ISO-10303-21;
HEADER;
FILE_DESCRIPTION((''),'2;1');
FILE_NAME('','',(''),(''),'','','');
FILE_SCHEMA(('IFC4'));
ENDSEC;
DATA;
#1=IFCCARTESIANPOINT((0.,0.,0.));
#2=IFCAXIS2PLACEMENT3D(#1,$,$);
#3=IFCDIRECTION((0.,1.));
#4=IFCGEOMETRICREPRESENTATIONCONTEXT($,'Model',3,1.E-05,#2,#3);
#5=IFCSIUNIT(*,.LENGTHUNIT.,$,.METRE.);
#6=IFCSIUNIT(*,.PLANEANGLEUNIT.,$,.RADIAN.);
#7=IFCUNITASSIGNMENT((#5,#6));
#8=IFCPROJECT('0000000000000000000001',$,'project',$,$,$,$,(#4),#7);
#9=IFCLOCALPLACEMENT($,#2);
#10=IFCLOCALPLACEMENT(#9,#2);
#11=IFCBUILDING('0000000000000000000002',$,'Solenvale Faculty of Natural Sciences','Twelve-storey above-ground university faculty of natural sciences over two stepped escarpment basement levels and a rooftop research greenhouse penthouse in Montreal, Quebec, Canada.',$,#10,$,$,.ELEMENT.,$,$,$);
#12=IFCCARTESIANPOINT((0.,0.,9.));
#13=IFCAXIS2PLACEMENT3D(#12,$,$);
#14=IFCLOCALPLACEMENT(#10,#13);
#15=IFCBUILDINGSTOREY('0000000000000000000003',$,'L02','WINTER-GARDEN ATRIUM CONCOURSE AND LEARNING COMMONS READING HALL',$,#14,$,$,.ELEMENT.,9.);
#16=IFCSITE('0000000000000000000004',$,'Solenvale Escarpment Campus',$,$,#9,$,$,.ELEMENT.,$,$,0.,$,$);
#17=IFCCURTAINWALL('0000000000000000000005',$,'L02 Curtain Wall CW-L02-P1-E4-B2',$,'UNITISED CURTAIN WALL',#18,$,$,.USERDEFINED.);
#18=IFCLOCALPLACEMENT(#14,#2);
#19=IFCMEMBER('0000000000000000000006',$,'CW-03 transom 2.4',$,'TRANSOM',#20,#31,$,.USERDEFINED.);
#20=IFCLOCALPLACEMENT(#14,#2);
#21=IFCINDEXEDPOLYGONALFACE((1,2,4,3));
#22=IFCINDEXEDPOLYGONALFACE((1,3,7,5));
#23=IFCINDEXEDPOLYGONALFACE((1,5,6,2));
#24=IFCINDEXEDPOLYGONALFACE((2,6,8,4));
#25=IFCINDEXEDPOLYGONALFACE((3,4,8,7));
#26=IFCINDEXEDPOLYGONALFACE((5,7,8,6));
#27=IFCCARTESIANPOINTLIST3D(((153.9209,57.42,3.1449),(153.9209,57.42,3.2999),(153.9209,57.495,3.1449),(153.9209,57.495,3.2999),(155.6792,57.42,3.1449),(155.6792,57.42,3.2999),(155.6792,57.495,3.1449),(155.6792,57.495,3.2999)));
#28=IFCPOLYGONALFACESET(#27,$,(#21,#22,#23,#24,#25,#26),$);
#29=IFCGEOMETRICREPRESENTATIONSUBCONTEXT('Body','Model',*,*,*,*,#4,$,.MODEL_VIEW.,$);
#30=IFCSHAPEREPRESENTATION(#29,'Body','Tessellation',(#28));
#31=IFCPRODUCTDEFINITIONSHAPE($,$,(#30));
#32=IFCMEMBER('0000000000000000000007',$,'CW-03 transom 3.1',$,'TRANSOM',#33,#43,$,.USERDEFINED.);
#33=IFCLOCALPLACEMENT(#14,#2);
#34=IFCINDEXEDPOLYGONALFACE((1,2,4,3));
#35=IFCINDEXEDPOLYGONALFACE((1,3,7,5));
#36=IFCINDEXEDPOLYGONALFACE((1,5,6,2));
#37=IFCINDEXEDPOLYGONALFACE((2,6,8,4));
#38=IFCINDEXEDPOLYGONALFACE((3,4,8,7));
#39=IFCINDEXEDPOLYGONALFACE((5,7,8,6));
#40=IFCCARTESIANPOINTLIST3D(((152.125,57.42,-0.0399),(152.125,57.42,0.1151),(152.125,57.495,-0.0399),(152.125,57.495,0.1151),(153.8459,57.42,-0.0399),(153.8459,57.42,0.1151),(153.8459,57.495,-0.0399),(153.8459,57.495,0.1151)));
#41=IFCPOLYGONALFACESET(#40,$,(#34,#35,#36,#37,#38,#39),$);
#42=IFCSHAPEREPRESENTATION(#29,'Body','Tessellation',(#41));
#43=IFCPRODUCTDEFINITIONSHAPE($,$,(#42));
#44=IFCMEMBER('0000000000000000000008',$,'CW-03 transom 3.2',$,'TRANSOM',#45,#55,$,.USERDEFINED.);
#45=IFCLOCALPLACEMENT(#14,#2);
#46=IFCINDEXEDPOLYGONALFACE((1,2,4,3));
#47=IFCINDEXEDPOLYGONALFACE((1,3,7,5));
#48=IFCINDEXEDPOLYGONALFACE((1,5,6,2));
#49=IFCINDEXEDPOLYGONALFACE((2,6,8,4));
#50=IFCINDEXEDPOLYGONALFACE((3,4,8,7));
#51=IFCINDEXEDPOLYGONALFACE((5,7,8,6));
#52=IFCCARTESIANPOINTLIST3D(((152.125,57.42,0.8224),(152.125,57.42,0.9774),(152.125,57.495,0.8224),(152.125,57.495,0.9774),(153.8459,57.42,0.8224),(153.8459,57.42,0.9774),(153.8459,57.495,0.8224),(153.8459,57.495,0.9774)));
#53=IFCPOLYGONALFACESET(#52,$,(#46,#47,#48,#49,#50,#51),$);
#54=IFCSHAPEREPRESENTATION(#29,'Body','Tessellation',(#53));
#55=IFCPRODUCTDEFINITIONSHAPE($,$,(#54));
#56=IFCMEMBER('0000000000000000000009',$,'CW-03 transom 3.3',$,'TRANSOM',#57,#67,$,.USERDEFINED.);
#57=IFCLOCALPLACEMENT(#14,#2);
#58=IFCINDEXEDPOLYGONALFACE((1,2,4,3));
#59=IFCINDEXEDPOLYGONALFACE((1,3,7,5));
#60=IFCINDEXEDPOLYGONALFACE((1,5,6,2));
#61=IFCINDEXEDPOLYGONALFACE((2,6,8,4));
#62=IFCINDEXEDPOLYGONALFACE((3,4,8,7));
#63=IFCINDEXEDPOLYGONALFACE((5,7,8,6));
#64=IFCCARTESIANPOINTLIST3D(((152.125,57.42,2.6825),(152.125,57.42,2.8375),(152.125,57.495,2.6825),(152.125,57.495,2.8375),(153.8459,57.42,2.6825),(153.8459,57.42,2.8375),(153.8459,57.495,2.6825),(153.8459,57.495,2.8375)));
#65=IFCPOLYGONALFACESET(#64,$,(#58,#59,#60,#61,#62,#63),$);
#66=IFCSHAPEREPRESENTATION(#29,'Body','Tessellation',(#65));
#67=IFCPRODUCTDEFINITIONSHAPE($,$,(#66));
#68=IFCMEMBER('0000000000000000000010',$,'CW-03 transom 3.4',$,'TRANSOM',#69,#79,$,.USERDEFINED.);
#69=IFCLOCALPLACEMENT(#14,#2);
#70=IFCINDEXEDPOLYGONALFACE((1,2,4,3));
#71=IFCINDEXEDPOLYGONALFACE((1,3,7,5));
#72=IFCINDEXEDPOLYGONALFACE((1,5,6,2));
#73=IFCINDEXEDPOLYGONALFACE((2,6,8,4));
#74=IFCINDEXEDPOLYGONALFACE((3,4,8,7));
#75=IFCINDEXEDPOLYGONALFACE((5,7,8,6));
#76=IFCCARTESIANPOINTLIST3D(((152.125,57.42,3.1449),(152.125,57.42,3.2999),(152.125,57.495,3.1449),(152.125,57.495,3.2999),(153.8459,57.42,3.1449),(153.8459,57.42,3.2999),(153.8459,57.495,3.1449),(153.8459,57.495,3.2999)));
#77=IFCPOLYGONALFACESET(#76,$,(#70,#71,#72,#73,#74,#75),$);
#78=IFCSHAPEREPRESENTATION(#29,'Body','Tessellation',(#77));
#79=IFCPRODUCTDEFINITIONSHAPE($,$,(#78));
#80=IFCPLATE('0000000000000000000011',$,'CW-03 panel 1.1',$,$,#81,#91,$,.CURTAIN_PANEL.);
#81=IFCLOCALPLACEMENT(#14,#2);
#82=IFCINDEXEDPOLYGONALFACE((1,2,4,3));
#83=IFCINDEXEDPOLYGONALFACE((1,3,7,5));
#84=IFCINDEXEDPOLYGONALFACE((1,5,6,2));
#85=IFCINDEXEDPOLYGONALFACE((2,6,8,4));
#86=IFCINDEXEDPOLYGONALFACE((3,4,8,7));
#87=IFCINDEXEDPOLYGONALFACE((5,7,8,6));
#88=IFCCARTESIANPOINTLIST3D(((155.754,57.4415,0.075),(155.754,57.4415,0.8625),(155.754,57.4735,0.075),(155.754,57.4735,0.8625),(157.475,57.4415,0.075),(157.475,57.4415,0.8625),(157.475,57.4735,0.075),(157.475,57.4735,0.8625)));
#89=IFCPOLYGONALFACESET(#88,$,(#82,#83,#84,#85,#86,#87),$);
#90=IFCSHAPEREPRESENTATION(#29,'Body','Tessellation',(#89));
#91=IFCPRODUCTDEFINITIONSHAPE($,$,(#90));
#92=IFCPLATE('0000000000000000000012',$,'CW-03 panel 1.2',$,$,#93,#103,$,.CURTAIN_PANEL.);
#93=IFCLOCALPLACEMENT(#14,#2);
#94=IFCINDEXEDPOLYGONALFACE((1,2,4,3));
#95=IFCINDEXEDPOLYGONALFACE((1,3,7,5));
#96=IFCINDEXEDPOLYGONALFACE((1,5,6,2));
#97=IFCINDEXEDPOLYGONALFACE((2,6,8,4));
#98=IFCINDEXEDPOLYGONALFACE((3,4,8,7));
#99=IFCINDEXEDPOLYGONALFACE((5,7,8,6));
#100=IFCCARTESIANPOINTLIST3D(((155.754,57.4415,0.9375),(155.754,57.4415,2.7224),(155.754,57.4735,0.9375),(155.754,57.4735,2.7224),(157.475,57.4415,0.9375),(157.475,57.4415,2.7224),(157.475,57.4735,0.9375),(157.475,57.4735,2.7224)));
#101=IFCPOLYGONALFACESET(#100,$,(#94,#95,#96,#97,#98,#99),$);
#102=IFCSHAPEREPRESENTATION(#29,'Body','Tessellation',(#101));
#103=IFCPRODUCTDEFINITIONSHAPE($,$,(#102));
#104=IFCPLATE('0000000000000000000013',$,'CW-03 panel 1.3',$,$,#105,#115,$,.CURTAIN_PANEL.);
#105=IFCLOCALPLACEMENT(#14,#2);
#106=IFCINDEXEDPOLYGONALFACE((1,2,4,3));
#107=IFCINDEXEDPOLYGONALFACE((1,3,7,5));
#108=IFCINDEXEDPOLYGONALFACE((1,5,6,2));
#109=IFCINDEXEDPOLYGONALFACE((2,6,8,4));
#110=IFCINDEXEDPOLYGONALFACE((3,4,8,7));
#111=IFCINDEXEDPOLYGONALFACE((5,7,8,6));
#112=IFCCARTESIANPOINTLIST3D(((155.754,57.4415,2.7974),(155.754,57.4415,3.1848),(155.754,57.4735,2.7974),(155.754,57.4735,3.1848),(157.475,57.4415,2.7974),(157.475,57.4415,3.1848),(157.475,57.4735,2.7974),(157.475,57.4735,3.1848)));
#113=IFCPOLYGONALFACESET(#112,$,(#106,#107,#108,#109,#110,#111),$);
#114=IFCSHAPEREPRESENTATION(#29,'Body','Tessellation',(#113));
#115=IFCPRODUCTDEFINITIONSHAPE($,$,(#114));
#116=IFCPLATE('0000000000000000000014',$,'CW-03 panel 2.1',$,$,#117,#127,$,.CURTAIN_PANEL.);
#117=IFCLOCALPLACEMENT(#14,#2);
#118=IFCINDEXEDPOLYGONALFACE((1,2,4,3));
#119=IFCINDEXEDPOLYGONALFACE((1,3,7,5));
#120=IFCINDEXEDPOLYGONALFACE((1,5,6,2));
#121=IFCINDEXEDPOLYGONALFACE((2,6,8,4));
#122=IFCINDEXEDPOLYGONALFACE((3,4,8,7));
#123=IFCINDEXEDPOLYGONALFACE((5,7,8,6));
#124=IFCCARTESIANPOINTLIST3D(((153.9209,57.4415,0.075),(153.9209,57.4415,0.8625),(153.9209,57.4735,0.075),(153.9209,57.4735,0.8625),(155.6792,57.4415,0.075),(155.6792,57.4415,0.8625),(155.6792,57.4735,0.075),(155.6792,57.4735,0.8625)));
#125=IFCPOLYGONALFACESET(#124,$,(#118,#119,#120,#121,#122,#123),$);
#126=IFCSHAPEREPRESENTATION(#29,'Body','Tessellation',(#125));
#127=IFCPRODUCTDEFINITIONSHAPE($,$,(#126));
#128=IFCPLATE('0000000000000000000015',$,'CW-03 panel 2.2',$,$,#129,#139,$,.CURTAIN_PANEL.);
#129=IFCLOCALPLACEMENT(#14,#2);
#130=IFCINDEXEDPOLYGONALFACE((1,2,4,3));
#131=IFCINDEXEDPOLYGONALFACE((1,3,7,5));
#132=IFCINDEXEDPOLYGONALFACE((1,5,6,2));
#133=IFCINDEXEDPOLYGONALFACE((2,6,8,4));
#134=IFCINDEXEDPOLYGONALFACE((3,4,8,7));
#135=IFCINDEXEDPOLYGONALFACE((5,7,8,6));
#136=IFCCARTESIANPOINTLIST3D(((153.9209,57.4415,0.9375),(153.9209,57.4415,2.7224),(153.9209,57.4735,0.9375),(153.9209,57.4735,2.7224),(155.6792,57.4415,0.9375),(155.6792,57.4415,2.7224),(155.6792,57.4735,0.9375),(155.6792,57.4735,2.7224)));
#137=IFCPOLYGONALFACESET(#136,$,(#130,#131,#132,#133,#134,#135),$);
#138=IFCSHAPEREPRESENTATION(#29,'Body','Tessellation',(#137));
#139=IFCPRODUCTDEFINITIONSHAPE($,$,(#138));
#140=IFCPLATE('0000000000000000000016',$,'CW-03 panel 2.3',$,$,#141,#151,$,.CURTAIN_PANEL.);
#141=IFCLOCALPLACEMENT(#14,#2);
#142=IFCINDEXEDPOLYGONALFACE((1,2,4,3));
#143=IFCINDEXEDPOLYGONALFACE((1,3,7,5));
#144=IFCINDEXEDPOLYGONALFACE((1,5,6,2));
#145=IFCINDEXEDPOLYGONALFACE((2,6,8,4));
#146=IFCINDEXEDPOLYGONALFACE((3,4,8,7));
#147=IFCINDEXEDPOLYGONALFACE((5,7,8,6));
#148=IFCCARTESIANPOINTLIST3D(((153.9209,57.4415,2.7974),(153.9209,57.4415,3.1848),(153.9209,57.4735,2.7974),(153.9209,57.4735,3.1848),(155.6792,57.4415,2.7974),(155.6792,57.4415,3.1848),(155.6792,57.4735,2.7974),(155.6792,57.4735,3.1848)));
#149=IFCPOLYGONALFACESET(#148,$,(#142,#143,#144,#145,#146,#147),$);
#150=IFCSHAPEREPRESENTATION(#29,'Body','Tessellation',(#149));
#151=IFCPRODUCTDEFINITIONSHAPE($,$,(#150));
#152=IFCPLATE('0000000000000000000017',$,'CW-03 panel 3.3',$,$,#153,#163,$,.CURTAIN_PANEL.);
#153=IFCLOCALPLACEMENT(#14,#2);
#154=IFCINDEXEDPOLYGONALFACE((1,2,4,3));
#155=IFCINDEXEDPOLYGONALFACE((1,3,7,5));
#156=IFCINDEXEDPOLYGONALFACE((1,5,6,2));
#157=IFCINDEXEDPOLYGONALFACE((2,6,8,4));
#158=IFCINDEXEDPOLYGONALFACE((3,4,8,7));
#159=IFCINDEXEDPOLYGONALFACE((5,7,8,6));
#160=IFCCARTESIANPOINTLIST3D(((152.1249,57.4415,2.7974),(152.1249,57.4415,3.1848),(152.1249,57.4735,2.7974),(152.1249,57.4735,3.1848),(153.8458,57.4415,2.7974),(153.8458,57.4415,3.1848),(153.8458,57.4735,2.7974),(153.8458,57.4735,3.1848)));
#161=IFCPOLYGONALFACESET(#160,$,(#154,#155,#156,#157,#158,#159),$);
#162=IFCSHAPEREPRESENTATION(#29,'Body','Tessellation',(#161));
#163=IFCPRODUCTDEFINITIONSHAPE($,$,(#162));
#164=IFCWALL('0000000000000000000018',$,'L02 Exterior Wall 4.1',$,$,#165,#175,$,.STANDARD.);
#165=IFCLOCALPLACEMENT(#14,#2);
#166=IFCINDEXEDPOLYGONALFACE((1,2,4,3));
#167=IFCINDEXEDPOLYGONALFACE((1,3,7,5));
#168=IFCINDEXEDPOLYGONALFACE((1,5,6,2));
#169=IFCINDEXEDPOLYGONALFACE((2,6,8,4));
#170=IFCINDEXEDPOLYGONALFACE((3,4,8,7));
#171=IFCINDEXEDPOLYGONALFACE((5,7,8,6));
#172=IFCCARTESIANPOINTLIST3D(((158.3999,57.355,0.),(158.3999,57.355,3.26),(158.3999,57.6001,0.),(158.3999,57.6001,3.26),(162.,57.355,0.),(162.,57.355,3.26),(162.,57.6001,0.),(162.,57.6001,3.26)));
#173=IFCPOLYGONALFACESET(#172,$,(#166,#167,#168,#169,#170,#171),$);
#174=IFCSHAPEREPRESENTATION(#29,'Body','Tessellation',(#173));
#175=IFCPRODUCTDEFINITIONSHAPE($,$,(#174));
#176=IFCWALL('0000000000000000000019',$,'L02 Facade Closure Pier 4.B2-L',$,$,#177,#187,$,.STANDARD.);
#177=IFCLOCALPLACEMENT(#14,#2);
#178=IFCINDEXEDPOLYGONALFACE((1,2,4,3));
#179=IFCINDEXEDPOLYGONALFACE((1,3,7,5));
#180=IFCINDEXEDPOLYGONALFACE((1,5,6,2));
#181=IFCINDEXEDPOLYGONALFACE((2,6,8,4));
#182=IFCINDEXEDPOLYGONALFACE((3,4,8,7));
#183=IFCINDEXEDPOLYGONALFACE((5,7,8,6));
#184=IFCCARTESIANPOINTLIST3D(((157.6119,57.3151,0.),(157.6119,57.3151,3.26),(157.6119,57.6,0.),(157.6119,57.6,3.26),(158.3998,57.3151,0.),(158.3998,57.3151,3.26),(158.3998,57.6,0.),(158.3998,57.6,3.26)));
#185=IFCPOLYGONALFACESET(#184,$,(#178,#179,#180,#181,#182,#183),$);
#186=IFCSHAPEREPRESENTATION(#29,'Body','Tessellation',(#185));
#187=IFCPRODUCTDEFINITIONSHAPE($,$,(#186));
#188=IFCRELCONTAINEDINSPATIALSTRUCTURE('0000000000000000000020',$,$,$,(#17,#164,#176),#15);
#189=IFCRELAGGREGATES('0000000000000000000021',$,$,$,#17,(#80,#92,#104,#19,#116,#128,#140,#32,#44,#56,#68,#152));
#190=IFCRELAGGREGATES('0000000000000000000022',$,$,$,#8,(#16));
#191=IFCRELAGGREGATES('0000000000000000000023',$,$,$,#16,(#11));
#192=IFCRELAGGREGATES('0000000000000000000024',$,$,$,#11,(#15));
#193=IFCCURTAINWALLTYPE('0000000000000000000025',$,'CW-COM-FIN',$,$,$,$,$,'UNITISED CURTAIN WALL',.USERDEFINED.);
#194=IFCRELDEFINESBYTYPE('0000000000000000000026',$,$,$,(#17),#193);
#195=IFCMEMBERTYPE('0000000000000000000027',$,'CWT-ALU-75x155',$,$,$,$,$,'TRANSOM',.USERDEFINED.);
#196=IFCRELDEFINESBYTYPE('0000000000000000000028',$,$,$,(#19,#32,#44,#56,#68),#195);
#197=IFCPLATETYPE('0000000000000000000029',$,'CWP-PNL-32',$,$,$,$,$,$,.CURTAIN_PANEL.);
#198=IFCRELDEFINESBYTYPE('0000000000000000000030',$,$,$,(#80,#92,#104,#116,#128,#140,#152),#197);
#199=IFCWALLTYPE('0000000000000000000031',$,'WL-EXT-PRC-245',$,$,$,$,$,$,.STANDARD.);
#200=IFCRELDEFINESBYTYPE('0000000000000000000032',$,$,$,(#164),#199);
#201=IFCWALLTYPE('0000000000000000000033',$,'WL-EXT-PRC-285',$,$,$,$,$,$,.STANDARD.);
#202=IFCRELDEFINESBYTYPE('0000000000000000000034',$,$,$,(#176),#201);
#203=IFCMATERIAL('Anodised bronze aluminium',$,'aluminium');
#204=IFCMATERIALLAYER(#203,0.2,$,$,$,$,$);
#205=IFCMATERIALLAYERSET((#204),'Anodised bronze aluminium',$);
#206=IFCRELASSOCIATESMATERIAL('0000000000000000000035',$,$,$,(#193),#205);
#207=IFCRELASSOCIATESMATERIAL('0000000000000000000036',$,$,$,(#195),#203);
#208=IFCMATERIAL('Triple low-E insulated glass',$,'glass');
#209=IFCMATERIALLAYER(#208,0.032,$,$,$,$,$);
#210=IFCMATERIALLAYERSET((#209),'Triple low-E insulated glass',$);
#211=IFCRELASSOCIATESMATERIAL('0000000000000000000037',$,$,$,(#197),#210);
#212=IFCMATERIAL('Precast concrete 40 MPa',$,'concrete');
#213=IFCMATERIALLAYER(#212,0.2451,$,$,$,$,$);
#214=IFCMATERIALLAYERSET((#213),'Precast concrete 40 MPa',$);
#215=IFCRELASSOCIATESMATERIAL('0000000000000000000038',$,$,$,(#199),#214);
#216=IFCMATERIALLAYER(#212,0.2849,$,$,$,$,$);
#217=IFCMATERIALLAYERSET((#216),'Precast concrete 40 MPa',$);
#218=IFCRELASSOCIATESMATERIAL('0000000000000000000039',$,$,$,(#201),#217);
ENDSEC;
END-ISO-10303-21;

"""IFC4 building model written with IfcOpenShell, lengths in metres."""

from ifc_helpers import new_model, si_unit, direction, frame, frame_2d, origin, origin_2d, place, context, subcontext, project, spatial, rectangle, extrude, material, layer, layer_set, material_profile, profile_set, type_object, element, aggregate, save


model = new_model("IFC4")

# Units and contexts
model_context = context("Model", 3, precision=1e-05, world=origin(), true_north=direction((0.0, 1.0)))
body_context = subcontext(model_context, "Body", "Model", "MODEL_VIEW")
ifc_project = project(units=[si_unit("LENGTHUNIT", "METRE"), si_unit("PLANEANGLEUNIT", "RADIAN")], contexts=[model_context])

# Site, building, storey
site_placement = place(None, origin())
site = spatial("IfcSite", under=ifc_project, at=site_placement, Name="Solenvale Escarpment Campus", CompositionType="ELEMENT", RefElevation=0.0)
building_placement = place(site_placement, origin())
building = spatial("IfcBuilding", under=site, at=building_placement, Name="Solenvale Faculty of Natural Sciences", Description="Twelve-storey above-ground university faculty of natural sciences over two stepped escarpment basement levels and a rooftop research greenhouse penthouse in Montreal, Quebec, Canada.", CompositionType="ELEMENT")
storey_placement = place(building_placement, frame((0.0, 0.0, 9.0)))
storey = spatial("IfcBuildingStorey", under=building, at=storey_placement, Name="L02", Description="WINTER-GARDEN ATRIUM CONCOURSE AND LEARNING COMMONS READING HALL", CompositionType="ELEMENT", Elevation=9.0)

# Curtain wall, members, plates
ifc_material_1 = material(Name="Anodised bronze aluminium", Category="aluminium")
ifc_layer_1 = layer(ifc_material_1, 0.2)
ifc_layer_set_1 = layer_set([ifc_layer_1], Name="Anodised bronze aluminium")
curtain_wall_type = type_object("IfcCurtainWallType", Name="CW-COM-FIN", ElementType="UNITISED CURTAIN WALL", PredefinedType="USERDEFINED", material=ifc_layer_set_1)
curtain_wall_placement = place(storey_placement, origin())
curtain_wall = element("IfcCurtainWall", 1, at=curtain_wall_placement, inside=storey, type_object=curtain_wall_type, Name="L02 Curtain Wall CW-L02-P1-E4-B2", ObjectType="UNITISED CURTAIN WALL", PredefinedType="USERDEFINED")
ifc_material_profile_1 = material_profile(ifc_material_1, rectangle(XDim=0.075, YDim=0.155, at=origin_2d()), Name="ALU-TRN-75x155")
ifc_profile_set_1 = profile_set([ifc_material_profile_1], Name="Anodised bronze aluminium")
member_type_1 = type_object("IfcMemberType", Name="CWT-ALU-75x155", ElementType="TRANSOM", PredefinedType="USERDEFINED", material=ifc_profile_set_1)
member_1_placement = place(storey_placement, frame((155.6792, 57.4575, 3.2224), z_axis=(-1.0, 0.0, 0.0), x_axis=(0.0, -1.0, 0.0)))
member_1 = element("IfcMember", 2, at=member_1_placement, type_object=member_type_1, Name="CW-03 transom 2.4", ObjectType="TRANSOM", PredefinedType="USERDEFINED", context=body_context, shape_type="SweptSolid", body=[
    extrude(rectangle(XDim=0.075, YDim=0.155, at=origin_2d()), origin(), (0.0, 0.0, 1.0), 1.7583),
])
member_2_placement = place(storey_placement, frame((153.8459, 57.4575, 0.0376), z_axis=(-1.0, 0.0, 0.0), x_axis=(0.0, -1.0, 0.0)))
member_2 = element("IfcMember", 3, at=member_2_placement, type_object=member_type_1, Name="CW-03 transom 3.1", ObjectType="TRANSOM", PredefinedType="USERDEFINED", context=body_context, shape_type="SweptSolid", body=[
    extrude(rectangle(XDim=0.075, YDim=0.155, at=origin_2d()), origin(), (0.0, 0.0, 1.0), 1.7209),
])
member_3_placement = place(storey_placement, frame((153.8459, 57.4575, 0.8999), z_axis=(-1.0, 0.0, 0.0), x_axis=(0.0, -1.0, 0.0)))
member_3 = element("IfcMember", 4, at=member_3_placement, type_object=member_type_1, Name="CW-03 transom 3.2", ObjectType="TRANSOM", PredefinedType="USERDEFINED", context=body_context, shape_type="SweptSolid", body=[
    extrude(rectangle(XDim=0.075, YDim=0.155, at=origin_2d()), origin(), (0.0, 0.0, 1.0), 1.7209),
])
member_4_placement = place(storey_placement, frame((153.8459, 57.4575, 2.76), z_axis=(-1.0, 0.0, 0.0), x_axis=(0.0, -1.0, 0.0)))
member_4 = element("IfcMember", 5, at=member_4_placement, type_object=member_type_1, Name="CW-03 transom 3.3", ObjectType="TRANSOM", PredefinedType="USERDEFINED", context=body_context, shape_type="SweptSolid", body=[
    extrude(rectangle(XDim=0.075, YDim=0.155, at=origin_2d()), origin(), (0.0, 0.0, 1.0), 1.7209),
])
member_5_placement = place(storey_placement, frame((153.8459, 57.4575, 3.2224), z_axis=(-1.0, 0.0, 0.0), x_axis=(0.0, -1.0, 0.0)))
member_5 = element("IfcMember", 6, at=member_5_placement, type_object=member_type_1, Name="CW-03 transom 3.4", ObjectType="TRANSOM", PredefinedType="USERDEFINED", context=body_context, shape_type="SweptSolid", body=[
    extrude(rectangle(XDim=0.075, YDim=0.155, at=origin_2d()), origin(), (0.0, 0.0, 1.0), 1.7209),
])
ifc_material_2 = material(Name="Triple low-E insulated glass", Category="glass")
ifc_layer_2 = layer(ifc_material_2, 0.032)
ifc_layer_set_2 = layer_set([ifc_layer_2], Name="Triple low-E insulated glass")
plate_type = type_object("IfcPlateType", Name="CWP-PNL-32", PredefinedType="CURTAIN_PANEL", material=ifc_layer_set_2)
plate_1_placement = place(storey_placement, frame((156.6145, 57.4575, 0.075), z_axis=(0.0, 0.0, 1.0), x_axis=(-1.0, 0.0, 0.0)))
plate_1 = element("IfcPlate", 7, at=plate_1_placement, type_object=plate_type, Name="CW-03 panel 1.1", PredefinedType="CURTAIN_PANEL", context=body_context, shape_type="SweptSolid", body=[
    extrude(rectangle(XDim=1.7209, YDim=0.032, at=origin_2d()), origin(), (0.0, 0.0, 1.0), 0.7876),
])
plate_2_placement = place(storey_placement, frame((156.6145, 57.4575, 0.9375), z_axis=(0.0, 0.0, 1.0), x_axis=(-1.0, 0.0, 0.0)))
plate_2 = element("IfcPlate", 8, at=plate_2_placement, type_object=plate_type, Name="CW-03 panel 1.2", PredefinedType="CURTAIN_PANEL", context=body_context, shape_type="SweptSolid", body=[
    extrude(rectangle(XDim=1.7209, YDim=0.032, at=origin_2d()), origin(), (0.0, 0.0, 1.0), 1.7849),
])
plate_3_placement = place(storey_placement, frame((156.6145, 57.4575, 2.7974), z_axis=(0.0, 0.0, 1.0), x_axis=(-1.0, 0.0, 0.0)))
plate_3 = element("IfcPlate", 9, at=plate_3_placement, type_object=plate_type, Name="CW-03 panel 1.3", PredefinedType="CURTAIN_PANEL", context=body_context, shape_type="SweptSolid", body=[
    extrude(rectangle(XDim=1.7209, YDim=0.032, at=origin_2d()), origin(), (0.0, 0.0, 1.0), 0.3875),
])
plate_4_placement = place(storey_placement, frame((154.8, 57.4575, 0.075), z_axis=(0.0, 0.0, 1.0), x_axis=(-1.0, 0.0, 0.0)))
plate_4 = element("IfcPlate", 10, at=plate_4_placement, type_object=plate_type, Name="CW-03 panel 2.1", PredefinedType="CURTAIN_PANEL", context=body_context, shape_type="SweptSolid", body=[
    extrude(rectangle(XDim=1.7583, YDim=0.032, at=origin_2d()), origin(), (0.0, 0.0, 1.0), 0.7876),
])
plate_5_placement = place(storey_placement, frame((154.8, 57.4575, 0.9375), z_axis=(0.0, 0.0, 1.0), x_axis=(-1.0, 0.0, 0.0)))
plate_5 = element("IfcPlate", 11, at=plate_5_placement, type_object=plate_type, Name="CW-03 panel 2.2", PredefinedType="CURTAIN_PANEL", context=body_context, shape_type="SweptSolid", body=[
    extrude(rectangle(XDim=1.7583, YDim=0.032, at=origin_2d()), origin(), (0.0, 0.0, 1.0), 1.7849),
])
plate_6_placement = place(storey_placement, frame((154.8, 57.4575, 2.7974), z_axis=(0.0, 0.0, 1.0), x_axis=(-1.0, 0.0, 0.0)))
plate_6 = element("IfcPlate", 12, at=plate_6_placement, type_object=plate_type, Name="CW-03 panel 2.3", PredefinedType="CURTAIN_PANEL", context=body_context, shape_type="SweptSolid", body=[
    extrude(rectangle(XDim=1.7583, YDim=0.032, at=origin_2d()), origin(), (0.0, 0.0, 1.0), 0.3875),
])
plate_7_placement = place(storey_placement, frame((152.9854, 57.4575, 2.7974), z_axis=(0.0, 0.0, 1.0), x_axis=(-1.0, 0.0, 0.0)))
plate_7 = element("IfcPlate", 13, at=plate_7_placement, type_object=plate_type, Name="CW-03 panel 3.3", PredefinedType="CURTAIN_PANEL", context=body_context, shape_type="SweptSolid", body=[
    extrude(rectangle(XDim=1.7209, YDim=0.032, at=origin_2d()), origin(), (0.0, 0.0, 1.0), 0.3875),
])
aggregate(curtain_wall, [plate_1, plate_2, plate_3, member_1, plate_4, plate_5, plate_6, member_2, member_3, member_4, member_5, plate_7])

# Walls
ifc_material_3 = material(Name="Precast concrete 40 MPa", Category="concrete")
ifc_layer_3 = layer(ifc_material_3, 0.2451)
ifc_layer_set_3 = layer_set([ifc_layer_3], Name="Precast concrete 40 MPa")
wall_type_1 = type_object("IfcWallType", Name="WL-EXT-PRC-245", PredefinedType="STANDARD", material=ifc_layer_set_3)
wall_1_placement = place(storey_placement, frame((158.3999, 57.4775, 0.0), z_axis=(0.0, 0.0, 1.0), x_axis=(1.0, 0.0, 0.0)))
element("IfcWall", 14, at=wall_1_placement, inside=storey, type_object=wall_type_1, Name="L02 Exterior Wall 4.1", PredefinedType="STANDARD", context=body_context, shape_type="SweptSolid", body=[
    extrude(rectangle(XDim=3.6001, YDim=0.2451, at=frame_2d((1.8, 0.0))), origin(), (0.0, 0.0, 1.0), 3.26),
])
ifc_layer_4 = layer(ifc_material_3, 0.2849)
ifc_layer_set_4 = layer_set([ifc_layer_4], Name="Precast concrete 40 MPa")
wall_type_2 = type_object("IfcWallType", Name="WL-EXT-PRC-285", PredefinedType="STANDARD", material=ifc_layer_set_4)
wall_2_placement = place(storey_placement, frame((158.3999, 57.4575, 0.0), z_axis=(0.0, 0.0, 1.0), x_axis=(-1.0, 0.0, 0.0)))
element("IfcWall", 15, at=wall_2_placement, inside=storey, type_object=wall_type_2, Name="L02 Facade Closure Pier 4.B2-L", PredefinedType="STANDARD", context=body_context, shape_type="SweptSolid", body=[
    extrude(rectangle(XDim=0.7878, YDim=0.2849, at=frame_2d((0.394, 0.0))), origin(), (0.0, 0.0, 1.0), 3.26),
])

save(model, "model.ifc")
